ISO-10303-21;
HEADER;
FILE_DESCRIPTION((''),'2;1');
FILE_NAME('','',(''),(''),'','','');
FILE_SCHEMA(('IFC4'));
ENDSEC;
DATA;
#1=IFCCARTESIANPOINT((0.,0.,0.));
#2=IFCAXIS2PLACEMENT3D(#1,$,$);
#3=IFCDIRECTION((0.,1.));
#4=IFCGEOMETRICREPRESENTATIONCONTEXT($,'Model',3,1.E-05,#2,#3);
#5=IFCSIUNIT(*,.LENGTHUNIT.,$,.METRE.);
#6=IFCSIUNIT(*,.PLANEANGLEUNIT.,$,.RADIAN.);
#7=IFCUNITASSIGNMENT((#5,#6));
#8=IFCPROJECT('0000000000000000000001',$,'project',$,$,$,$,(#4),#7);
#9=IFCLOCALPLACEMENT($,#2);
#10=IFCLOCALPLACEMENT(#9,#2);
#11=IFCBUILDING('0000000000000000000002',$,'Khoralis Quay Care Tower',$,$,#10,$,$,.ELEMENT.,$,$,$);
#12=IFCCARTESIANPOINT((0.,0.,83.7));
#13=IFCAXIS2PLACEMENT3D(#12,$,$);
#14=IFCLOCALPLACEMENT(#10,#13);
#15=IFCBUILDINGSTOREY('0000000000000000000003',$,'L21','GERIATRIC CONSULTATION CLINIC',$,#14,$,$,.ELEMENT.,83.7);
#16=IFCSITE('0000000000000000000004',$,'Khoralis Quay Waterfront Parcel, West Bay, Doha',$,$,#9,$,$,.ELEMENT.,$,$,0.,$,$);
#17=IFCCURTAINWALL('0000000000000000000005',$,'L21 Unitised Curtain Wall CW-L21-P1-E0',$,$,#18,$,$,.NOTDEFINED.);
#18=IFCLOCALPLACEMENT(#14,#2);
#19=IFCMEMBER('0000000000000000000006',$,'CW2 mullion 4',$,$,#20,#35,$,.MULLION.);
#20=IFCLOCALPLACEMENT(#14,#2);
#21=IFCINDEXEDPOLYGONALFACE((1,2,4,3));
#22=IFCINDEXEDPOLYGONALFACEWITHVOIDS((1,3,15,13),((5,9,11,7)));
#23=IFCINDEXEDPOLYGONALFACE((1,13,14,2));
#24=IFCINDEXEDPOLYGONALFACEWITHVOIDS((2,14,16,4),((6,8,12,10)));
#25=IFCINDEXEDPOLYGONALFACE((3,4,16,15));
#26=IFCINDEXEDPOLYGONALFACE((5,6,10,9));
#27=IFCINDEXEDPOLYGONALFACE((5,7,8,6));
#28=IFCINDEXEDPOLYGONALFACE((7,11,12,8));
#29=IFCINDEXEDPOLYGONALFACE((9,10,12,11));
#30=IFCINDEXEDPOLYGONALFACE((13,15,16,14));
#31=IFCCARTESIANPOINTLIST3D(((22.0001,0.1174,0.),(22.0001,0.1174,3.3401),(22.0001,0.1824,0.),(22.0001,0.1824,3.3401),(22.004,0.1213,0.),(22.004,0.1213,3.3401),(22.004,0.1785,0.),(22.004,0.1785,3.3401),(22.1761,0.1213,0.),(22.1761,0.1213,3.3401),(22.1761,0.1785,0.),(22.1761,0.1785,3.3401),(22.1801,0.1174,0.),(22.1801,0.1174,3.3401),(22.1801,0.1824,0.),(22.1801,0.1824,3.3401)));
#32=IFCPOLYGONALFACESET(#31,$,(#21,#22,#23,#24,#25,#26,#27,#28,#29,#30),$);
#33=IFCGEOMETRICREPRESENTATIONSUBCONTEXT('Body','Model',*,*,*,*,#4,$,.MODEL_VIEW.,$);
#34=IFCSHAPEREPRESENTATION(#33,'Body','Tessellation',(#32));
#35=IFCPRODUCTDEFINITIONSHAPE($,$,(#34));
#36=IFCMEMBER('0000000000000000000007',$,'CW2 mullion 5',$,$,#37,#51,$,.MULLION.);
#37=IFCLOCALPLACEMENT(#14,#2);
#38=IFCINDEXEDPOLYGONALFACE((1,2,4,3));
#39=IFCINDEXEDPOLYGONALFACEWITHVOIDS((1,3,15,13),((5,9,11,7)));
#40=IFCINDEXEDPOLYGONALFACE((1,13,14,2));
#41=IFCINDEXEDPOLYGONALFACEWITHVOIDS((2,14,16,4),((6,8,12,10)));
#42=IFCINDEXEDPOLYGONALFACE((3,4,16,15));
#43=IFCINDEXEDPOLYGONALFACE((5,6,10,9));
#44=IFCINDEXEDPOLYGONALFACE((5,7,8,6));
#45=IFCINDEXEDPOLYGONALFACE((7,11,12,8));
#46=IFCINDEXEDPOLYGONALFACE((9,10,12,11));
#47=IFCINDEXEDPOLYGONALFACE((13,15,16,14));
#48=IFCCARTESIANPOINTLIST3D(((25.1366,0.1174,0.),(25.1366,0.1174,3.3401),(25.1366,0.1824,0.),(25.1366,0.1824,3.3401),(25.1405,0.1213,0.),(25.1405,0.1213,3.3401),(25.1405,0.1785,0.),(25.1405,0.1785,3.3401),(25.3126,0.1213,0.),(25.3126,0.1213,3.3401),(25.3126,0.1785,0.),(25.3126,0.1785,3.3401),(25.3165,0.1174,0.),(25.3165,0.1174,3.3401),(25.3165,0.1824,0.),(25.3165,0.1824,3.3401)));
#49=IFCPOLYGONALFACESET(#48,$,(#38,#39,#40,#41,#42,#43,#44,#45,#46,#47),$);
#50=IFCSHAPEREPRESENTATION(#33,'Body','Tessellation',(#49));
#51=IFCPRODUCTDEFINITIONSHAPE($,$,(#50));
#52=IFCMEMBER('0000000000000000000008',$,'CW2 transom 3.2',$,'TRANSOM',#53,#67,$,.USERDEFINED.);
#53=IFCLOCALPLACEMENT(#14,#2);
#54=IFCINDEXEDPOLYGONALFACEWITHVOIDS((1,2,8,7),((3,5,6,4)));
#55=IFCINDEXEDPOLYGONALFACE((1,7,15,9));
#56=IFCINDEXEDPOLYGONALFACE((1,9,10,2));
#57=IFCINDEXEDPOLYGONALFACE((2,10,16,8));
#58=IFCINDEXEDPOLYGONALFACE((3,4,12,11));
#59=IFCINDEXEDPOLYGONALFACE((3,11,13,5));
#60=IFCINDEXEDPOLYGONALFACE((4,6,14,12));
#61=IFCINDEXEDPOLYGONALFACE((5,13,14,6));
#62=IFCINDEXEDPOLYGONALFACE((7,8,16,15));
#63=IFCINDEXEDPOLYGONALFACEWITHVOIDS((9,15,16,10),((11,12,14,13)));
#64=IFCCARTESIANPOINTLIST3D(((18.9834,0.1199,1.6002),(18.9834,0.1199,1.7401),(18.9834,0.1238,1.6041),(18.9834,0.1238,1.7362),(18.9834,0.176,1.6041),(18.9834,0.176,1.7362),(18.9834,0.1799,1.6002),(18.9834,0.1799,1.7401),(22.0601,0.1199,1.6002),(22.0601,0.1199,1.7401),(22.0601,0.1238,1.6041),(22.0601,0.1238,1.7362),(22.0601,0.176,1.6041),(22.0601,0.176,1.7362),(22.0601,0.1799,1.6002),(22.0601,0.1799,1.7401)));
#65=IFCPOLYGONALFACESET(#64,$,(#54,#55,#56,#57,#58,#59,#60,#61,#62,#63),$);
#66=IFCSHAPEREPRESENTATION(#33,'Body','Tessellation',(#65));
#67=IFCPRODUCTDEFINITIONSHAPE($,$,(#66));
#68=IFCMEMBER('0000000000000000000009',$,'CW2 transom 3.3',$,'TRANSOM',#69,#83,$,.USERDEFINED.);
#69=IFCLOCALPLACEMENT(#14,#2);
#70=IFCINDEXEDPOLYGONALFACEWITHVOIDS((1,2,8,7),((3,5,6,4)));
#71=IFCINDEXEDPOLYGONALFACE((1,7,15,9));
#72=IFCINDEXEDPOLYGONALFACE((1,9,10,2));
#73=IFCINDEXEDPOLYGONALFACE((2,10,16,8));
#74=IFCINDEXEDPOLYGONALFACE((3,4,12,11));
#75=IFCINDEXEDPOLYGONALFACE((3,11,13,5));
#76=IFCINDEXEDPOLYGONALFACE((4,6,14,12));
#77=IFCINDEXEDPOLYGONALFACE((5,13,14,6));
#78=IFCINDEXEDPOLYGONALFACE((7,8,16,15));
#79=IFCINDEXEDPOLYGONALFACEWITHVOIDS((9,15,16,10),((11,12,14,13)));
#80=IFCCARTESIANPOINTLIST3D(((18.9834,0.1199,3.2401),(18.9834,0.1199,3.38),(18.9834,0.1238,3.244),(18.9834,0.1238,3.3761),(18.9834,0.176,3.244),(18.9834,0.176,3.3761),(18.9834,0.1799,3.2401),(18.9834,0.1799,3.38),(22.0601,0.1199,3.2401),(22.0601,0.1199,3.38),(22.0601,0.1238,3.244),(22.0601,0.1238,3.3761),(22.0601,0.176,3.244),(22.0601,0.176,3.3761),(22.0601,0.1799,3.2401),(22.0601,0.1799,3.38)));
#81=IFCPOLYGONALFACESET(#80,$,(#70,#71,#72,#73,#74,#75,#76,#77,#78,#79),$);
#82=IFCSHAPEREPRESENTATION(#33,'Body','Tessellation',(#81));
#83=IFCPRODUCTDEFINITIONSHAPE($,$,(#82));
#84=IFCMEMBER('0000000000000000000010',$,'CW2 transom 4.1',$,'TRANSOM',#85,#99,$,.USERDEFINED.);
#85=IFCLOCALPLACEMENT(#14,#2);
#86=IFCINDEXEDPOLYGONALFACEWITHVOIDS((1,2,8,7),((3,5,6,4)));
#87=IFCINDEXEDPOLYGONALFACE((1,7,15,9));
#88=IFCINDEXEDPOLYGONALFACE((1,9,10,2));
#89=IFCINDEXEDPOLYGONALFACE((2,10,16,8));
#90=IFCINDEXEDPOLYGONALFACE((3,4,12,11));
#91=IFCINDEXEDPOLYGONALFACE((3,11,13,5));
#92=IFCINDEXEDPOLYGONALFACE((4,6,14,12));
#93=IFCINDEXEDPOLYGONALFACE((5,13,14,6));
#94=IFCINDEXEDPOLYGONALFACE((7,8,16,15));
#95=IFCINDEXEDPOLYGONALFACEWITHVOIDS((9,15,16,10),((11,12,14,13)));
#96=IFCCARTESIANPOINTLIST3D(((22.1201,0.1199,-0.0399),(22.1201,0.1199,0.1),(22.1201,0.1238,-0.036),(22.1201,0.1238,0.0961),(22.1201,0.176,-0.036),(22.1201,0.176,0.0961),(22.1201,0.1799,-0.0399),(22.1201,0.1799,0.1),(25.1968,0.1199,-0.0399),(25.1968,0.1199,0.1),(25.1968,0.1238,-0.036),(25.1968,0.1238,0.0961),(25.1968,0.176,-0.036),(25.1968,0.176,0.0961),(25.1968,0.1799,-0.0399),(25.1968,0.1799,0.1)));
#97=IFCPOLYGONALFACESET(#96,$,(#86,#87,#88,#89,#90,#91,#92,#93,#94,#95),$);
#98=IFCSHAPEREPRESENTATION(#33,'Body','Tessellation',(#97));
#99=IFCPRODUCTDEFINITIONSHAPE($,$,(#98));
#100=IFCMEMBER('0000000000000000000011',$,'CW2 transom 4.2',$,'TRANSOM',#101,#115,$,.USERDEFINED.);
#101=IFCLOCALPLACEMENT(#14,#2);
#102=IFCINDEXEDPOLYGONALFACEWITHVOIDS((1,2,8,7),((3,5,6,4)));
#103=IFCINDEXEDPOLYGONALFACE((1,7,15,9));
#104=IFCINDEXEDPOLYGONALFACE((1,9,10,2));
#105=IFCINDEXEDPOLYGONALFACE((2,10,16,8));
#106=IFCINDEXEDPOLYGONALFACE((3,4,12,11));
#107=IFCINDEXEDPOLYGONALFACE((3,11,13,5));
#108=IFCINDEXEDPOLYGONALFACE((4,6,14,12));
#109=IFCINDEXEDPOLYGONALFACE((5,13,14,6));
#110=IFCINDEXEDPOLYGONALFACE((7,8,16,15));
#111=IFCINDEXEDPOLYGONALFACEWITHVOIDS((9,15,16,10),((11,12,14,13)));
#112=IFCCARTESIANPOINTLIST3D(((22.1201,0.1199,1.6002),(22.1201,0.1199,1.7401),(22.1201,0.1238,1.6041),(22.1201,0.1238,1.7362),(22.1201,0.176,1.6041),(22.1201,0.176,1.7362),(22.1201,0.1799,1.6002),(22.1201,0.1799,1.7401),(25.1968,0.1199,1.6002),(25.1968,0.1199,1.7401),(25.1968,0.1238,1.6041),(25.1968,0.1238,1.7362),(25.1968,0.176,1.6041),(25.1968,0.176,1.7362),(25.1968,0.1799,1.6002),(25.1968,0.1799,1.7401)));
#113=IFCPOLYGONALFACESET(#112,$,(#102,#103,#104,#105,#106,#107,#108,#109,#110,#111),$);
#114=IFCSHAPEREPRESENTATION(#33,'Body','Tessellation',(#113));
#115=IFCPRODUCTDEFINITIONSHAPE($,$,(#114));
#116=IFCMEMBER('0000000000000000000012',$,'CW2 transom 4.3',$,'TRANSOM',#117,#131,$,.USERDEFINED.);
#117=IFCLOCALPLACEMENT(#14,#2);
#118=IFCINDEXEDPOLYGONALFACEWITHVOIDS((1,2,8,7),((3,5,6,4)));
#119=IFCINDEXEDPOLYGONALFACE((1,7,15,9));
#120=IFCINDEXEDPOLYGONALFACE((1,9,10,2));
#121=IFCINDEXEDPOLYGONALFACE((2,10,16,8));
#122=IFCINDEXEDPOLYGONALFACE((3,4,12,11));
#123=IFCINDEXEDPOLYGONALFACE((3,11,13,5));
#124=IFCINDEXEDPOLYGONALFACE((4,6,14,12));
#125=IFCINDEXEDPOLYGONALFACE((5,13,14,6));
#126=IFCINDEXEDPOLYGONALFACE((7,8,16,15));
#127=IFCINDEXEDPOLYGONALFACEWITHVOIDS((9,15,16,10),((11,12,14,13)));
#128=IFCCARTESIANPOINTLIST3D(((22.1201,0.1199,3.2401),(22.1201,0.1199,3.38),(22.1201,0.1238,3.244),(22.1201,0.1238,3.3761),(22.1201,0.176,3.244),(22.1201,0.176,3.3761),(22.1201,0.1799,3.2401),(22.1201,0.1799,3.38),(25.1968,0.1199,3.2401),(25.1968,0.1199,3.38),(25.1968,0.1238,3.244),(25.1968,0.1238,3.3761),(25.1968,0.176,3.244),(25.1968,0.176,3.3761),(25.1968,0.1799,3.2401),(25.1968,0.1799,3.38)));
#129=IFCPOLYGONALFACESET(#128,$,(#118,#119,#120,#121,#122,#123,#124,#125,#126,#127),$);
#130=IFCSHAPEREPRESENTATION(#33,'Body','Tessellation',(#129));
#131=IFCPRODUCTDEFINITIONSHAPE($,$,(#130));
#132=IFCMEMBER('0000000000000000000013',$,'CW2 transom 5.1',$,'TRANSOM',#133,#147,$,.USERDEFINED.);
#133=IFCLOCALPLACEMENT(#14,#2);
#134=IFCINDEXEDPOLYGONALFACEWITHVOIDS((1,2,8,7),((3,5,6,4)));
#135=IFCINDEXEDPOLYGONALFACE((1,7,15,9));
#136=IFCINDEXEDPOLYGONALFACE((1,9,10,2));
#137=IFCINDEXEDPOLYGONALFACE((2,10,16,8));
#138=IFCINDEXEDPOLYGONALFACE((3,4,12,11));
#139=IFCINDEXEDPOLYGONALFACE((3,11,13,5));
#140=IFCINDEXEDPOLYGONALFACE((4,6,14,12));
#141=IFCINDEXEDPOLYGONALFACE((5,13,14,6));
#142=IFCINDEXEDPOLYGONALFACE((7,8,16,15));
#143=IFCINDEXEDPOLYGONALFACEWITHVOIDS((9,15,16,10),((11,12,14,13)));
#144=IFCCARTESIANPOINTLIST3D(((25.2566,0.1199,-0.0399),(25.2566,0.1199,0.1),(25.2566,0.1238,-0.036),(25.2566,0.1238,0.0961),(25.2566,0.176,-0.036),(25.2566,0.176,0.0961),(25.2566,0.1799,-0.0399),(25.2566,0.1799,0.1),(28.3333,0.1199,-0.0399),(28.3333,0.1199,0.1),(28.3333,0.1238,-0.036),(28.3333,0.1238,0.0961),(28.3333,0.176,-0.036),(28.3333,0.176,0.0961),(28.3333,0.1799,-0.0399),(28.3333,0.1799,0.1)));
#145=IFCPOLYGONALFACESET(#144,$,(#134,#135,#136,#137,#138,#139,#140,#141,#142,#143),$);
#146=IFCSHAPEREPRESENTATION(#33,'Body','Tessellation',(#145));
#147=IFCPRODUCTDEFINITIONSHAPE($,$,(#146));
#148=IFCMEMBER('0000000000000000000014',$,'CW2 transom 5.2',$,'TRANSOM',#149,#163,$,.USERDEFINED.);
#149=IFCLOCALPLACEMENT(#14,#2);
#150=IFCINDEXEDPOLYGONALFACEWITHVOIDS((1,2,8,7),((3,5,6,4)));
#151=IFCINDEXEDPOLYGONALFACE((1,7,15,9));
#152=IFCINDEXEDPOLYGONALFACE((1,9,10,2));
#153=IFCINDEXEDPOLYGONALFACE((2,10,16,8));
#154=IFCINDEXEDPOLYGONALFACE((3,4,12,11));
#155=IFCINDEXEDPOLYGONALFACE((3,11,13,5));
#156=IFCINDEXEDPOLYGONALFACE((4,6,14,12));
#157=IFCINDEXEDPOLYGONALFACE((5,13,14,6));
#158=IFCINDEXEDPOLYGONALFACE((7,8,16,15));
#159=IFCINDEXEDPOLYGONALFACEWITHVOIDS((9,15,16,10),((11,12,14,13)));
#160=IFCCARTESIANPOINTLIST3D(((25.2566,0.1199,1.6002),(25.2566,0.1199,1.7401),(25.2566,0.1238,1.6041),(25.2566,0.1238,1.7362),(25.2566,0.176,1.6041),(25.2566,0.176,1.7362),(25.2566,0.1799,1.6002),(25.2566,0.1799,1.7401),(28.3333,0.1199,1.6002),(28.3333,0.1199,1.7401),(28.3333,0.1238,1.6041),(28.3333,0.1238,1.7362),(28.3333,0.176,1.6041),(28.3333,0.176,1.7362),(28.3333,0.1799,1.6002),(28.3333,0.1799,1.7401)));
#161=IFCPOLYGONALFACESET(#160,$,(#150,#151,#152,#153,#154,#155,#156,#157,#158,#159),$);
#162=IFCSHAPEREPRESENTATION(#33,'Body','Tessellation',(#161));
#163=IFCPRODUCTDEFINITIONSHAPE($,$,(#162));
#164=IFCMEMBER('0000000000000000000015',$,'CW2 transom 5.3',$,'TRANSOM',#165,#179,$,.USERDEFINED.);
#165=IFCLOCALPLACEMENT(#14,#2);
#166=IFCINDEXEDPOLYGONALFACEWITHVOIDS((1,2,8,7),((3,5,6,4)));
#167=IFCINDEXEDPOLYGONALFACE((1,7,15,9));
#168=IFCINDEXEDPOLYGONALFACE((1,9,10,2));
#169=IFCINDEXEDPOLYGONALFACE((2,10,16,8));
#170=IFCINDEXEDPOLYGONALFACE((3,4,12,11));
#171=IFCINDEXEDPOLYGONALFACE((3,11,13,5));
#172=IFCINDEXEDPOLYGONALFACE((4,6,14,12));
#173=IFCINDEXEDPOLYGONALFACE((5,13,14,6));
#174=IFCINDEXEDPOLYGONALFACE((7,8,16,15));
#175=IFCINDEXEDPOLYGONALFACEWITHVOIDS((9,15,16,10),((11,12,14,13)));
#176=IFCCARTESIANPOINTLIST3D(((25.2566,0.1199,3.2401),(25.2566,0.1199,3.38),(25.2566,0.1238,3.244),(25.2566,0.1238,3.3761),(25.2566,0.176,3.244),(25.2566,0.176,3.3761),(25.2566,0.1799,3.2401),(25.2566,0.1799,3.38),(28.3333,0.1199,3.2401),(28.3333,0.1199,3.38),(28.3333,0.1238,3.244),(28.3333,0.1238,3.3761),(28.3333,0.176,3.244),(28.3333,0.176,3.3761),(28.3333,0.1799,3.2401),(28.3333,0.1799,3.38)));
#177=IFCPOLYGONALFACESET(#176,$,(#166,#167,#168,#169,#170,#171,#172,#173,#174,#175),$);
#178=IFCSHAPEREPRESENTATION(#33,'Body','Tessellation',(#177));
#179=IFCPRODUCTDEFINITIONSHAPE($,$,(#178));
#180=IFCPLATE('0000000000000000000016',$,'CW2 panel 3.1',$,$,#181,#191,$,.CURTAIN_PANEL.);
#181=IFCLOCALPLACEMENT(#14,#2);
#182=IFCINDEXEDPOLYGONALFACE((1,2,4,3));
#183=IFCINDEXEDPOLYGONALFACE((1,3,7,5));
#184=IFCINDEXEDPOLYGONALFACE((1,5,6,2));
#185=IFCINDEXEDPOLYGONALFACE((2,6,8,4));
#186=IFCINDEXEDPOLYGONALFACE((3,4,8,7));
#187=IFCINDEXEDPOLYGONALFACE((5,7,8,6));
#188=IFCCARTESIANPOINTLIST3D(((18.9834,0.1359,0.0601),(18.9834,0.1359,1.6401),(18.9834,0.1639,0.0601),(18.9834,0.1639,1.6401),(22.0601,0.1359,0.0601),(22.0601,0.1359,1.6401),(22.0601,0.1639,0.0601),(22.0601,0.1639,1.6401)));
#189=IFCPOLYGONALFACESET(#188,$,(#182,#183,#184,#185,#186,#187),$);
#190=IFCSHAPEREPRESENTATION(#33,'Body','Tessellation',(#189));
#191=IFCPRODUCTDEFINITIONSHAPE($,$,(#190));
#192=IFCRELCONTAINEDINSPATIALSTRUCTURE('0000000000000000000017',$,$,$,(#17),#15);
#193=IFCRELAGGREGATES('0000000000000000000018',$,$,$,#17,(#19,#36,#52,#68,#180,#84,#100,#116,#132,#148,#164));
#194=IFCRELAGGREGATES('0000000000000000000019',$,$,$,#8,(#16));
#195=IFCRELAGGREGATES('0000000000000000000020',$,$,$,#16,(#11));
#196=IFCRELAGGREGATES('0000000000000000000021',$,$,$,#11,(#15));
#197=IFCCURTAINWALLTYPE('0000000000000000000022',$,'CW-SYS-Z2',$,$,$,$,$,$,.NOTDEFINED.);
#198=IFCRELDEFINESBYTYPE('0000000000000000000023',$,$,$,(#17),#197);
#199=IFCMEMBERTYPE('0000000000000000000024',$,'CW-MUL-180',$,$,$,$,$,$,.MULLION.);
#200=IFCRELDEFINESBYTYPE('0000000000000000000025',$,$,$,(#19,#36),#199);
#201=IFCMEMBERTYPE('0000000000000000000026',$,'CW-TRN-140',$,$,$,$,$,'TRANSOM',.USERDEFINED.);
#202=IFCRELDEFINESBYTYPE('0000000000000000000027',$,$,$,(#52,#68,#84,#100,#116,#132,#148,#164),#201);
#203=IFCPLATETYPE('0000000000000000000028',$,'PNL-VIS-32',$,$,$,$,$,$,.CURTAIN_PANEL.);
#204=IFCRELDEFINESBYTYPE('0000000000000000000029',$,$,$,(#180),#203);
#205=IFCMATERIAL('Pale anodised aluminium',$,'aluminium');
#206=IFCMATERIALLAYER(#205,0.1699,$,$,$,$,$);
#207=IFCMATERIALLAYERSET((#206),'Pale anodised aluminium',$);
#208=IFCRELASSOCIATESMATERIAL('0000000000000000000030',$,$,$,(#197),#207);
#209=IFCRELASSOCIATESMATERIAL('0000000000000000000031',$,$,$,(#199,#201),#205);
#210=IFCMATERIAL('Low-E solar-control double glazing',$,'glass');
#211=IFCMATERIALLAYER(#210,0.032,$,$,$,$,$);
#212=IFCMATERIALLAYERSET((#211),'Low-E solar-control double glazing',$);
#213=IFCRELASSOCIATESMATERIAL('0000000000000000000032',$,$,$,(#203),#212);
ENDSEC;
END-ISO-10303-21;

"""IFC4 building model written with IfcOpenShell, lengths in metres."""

from ifc_helpers import new_model, si_unit, direction, frame, origin, origin_2d, place, context, subcontext, project, spatial, rectangle, hollow_rectangle, extrude, source, transform, mapped, material, layer, layer_set, material_profile, profile_set, type_object, element, aggregate, save


model = new_model("IFC4")

# Units and contexts
model_context = context("Model", 3, precision=1e-05, world=origin(), true_north=direction((0.0, 1.0)))
body_context = subcontext(model_context, "Body", "Model", "MODEL_VIEW")
ifc_project = project(units=[si_unit("LENGTHUNIT", "METRE"), si_unit("PLANEANGLEUNIT", "RADIAN")], contexts=[model_context])

# Site, building, storey
site_placement = place(None, origin())
site = spatial("IfcSite", under=ifc_project, at=site_placement, Name="Khoralis Quay Waterfront Parcel, West Bay, Doha", CompositionType="ELEMENT", RefElevation=0.0)
building_placement = place(site_placement, origin())
building = spatial("IfcBuilding", under=site, at=building_placement, Name="Khoralis Quay Care Tower", CompositionType="ELEMENT")
storey_placement = place(building_placement, frame((0.0, 0.0, 83.7)))
storey = spatial("IfcBuildingStorey", under=building, at=storey_placement, Name="L21", Description="GERIATRIC CONSULTATION CLINIC", CompositionType="ELEMENT", Elevation=83.7)

# Curtain wall, members, plate
ifc_material_1 = material(Name="Pale anodised aluminium", Category="aluminium")
ifc_layer_1 = layer(ifc_material_1, 0.1699)
ifc_layer_set_1 = layer_set([ifc_layer_1], Name="Pale anodised aluminium")
curtain_wall_type = type_object("IfcCurtainWallType", Name="CW-SYS-Z2", PredefinedType="NOTDEFINED", material=ifc_layer_set_1)
curtain_wall_placement = place(storey_placement, origin())
curtain_wall = element("IfcCurtainWall", 1, at=curtain_wall_placement, inside=storey, type_object=curtain_wall_type, Name="L21 Unitised Curtain Wall CW-L21-P1-E0", PredefinedType="NOTDEFINED")
ifc_material_profile_1 = material_profile(ifc_material_1, hollow_rectangle(XDim=0.0649, YDim=0.1799, WallThickness=0.0039, at=origin_2d()), Name="Pale anodised aluminium")
ifc_profile_set_1 = profile_set([ifc_material_profile_1], Name="Pale anodised aluminium")
member_type_1 = type_object("IfcMemberType", Name="CW-MUL-180", PredefinedType="MULLION", material=ifc_profile_set_1)
shared_shape_1 = source(origin(), body_context, "Body", "SweptSolid", [
    extrude(hollow_rectangle(XDim=0.0649, YDim=0.1799, WallThickness=0.0039, at=origin_2d()), origin(), (0.0, 0.0, 1.0), 3.3401),
])
member_1_placement = place(storey_placement, frame((22.0901, 0.1499, 0.0), z_axis=(0.0, 0.0, 1.0), x_axis=(0.0, 1.0, 0.0)))
member_1 = element("IfcMember", 2, at=member_1_placement, type_object=member_type_1, Name="CW2 mullion 4", PredefinedType="MULLION", context=body_context, shape_type="MappedRepresentation", body=[
    mapped(shared_shape_1, transform((0.0, 0.0, 0.0), scale=1.0)),
])
member_2_placement = place(storey_placement, frame((25.2266, 0.1499, 0.0), z_axis=(0.0, 0.0, 1.0), x_axis=(0.0, 1.0, 0.0)))
member_2 = element("IfcMember", 3, at=member_2_placement, type_object=member_type_1, Name="CW2 mullion 5", PredefinedType="MULLION", context=body_context, shape_type="MappedRepresentation", body=[
    mapped(shared_shape_1, transform((0.0, 0.0, 0.0), scale=1.0)),
])
ifc_material_profile_2 = material_profile(ifc_material_1, hollow_rectangle(XDim=0.0601, YDim=0.1399, WallThickness=0.0039, at=origin_2d()), Name="Pale anodised aluminium")
ifc_profile_set_2 = profile_set([ifc_material_profile_2], Name="Pale anodised aluminium")
member_type_2 = type_object("IfcMemberType", Name="CW-TRN-140", ElementType="TRANSOM", PredefinedType="USERDEFINED", material=ifc_profile_set_2)
shared_shape_2 = source(origin(), body_context, "Body", "SweptSolid", [
    extrude(hollow_rectangle(XDim=0.0601, YDim=0.1399, WallThickness=0.0039, at=origin_2d()), origin(), (0.0, 0.0, 1.0), 3.0767),
])
member_3_placement = place(storey_placement, frame((18.9834, 0.1499, 1.6702), z_axis=(1.0, 0.0, 0.0), x_axis=(0.0, 1.0, 0.0)))
member_3 = element("IfcMember", 4, at=member_3_placement, type_object=member_type_2, Name="CW2 transom 3.2", ObjectType="TRANSOM", PredefinedType="USERDEFINED", context=body_context, shape_type="MappedRepresentation", body=[
    mapped(shared_shape_2, transform((0.0, 0.0, 0.0), scale=1.0)),
])
member_4_placement = place(storey_placement, frame((18.9834, 0.1499, 3.3101), z_axis=(1.0, 0.0, 0.0), x_axis=(0.0, 1.0, 0.0)))
member_4 = element("IfcMember", 5, at=member_4_placement, type_object=member_type_2, Name="CW2 transom 3.3", ObjectType="TRANSOM", PredefinedType="USERDEFINED", context=body_context, shape_type="MappedRepresentation", body=[
    mapped(shared_shape_2, transform((0.0, 0.0, 0.0), scale=1.0)),
])
member_5_placement = place(storey_placement, frame((22.1201, 0.1499, 0.03), z_axis=(1.0, 0.0, 0.0), x_axis=(0.0, 1.0, 0.0)))
member_5 = element("IfcMember", 6, at=member_5_placement, type_object=member_type_2, Name="CW2 transom 4.1", ObjectType="TRANSOM", PredefinedType="USERDEFINED", context=body_context, shape_type="MappedRepresentation", body=[
    mapped(shared_shape_2, transform((0.0, 0.0, 0.0), scale=1.0)),
])
member_6_placement = place(storey_placement, frame((22.1201, 0.1499, 1.6702), z_axis=(1.0, 0.0, 0.0), x_axis=(0.0, 1.0, 0.0)))
member_6 = element("IfcMember", 7, at=member_6_placement, type_object=member_type_2, Name="CW2 transom 4.2", ObjectType="TRANSOM", PredefinedType="USERDEFINED", context=body_context, shape_type="MappedRepresentation", body=[
    mapped(shared_shape_2, transform((0.0, 0.0, 0.0), scale=1.0)),
])
member_7_placement = place(storey_placement, frame((22.1201, 0.1499, 3.3101), z_axis=(1.0, 0.0, 0.0), x_axis=(0.0, 1.0, 0.0)))
member_7 = element("IfcMember", 8, at=member_7_placement, type_object=member_type_2, Name="CW2 transom 4.3", ObjectType="TRANSOM", PredefinedType="USERDEFINED", context=body_context, shape_type="MappedRepresentation", body=[
    mapped(shared_shape_2, transform((0.0, 0.0, 0.0), scale=1.0)),
])
member_8_placement = place(storey_placement, frame((25.2566, 0.1499, 0.03), z_axis=(1.0, 0.0, 0.0), x_axis=(0.0, 1.0, 0.0)))
member_8 = element("IfcMember", 9, at=member_8_placement, type_object=member_type_2, Name="CW2 transom 5.1", ObjectType="TRANSOM", PredefinedType="USERDEFINED", context=body_context, shape_type="MappedRepresentation", body=[
    mapped(shared_shape_2, transform((0.0, 0.0, 0.0), scale=1.0)),
])
member_9_placement = place(storey_placement, frame((25.2566, 0.1499, 1.6702), z_axis=(1.0, 0.0, 0.0), x_axis=(0.0, 1.0, 0.0)))
member_9 = element("IfcMember", 10, at=member_9_placement, type_object=member_type_2, Name="CW2 transom 5.2", ObjectType="TRANSOM", PredefinedType="USERDEFINED", context=body_context, shape_type="MappedRepresentation", body=[
    mapped(shared_shape_2, transform((0.0, 0.0, 0.0), scale=1.0)),
])
member_10_placement = place(storey_placement, frame((25.2566, 0.1499, 3.3101), z_axis=(1.0, 0.0, 0.0), x_axis=(0.0, 1.0, 0.0)))
member_10 = element("IfcMember", 11, at=member_10_placement, type_object=member_type_2, Name="CW2 transom 5.3", ObjectType="TRANSOM", PredefinedType="USERDEFINED", context=body_context, shape_type="MappedRepresentation", body=[
    mapped(shared_shape_2, transform((0.0, 0.0, 0.0), scale=1.0)),
])
ifc_material_2 = material(Name="Low-E solar-control double glazing", Category="glass")
ifc_layer_2 = layer(ifc_material_2, 0.032)
ifc_layer_set_2 = layer_set([ifc_layer_2], Name="Low-E solar-control double glazing")
plate_type = type_object("IfcPlateType", Name="PNL-VIS-32", PredefinedType="CURTAIN_PANEL", material=ifc_layer_set_2)
shared_shape_3 = source(origin(), body_context, "Body", "SweptSolid", [
    extrude(rectangle(XDim=3.0767, YDim=0.0281, at=origin_2d()), origin(), (0.0, 0.0, 1.0), 1.5801),
])
plate_1_placement = place(storey_placement, frame((20.5217, 0.1499, 0.0601), z_axis=(0.0, 0.0, 1.0), x_axis=(1.0, 0.0, 0.0)))
plate_1 = element("IfcPlate", 12, at=plate_1_placement, type_object=plate_type, Name="CW2 panel 3.1", PredefinedType="CURTAIN_PANEL", context=body_context, shape_type="MappedRepresentation", body=[
    mapped(shared_shape_3, transform((0.0, 0.0, 0.0), scale=1.0)),
])
aggregate(curtain_wall, [member_1, member_2, member_3, member_4, plate_1, member_5, member_6, member_7, member_8, member_9, member_10])

save(model, "model.ifc")
